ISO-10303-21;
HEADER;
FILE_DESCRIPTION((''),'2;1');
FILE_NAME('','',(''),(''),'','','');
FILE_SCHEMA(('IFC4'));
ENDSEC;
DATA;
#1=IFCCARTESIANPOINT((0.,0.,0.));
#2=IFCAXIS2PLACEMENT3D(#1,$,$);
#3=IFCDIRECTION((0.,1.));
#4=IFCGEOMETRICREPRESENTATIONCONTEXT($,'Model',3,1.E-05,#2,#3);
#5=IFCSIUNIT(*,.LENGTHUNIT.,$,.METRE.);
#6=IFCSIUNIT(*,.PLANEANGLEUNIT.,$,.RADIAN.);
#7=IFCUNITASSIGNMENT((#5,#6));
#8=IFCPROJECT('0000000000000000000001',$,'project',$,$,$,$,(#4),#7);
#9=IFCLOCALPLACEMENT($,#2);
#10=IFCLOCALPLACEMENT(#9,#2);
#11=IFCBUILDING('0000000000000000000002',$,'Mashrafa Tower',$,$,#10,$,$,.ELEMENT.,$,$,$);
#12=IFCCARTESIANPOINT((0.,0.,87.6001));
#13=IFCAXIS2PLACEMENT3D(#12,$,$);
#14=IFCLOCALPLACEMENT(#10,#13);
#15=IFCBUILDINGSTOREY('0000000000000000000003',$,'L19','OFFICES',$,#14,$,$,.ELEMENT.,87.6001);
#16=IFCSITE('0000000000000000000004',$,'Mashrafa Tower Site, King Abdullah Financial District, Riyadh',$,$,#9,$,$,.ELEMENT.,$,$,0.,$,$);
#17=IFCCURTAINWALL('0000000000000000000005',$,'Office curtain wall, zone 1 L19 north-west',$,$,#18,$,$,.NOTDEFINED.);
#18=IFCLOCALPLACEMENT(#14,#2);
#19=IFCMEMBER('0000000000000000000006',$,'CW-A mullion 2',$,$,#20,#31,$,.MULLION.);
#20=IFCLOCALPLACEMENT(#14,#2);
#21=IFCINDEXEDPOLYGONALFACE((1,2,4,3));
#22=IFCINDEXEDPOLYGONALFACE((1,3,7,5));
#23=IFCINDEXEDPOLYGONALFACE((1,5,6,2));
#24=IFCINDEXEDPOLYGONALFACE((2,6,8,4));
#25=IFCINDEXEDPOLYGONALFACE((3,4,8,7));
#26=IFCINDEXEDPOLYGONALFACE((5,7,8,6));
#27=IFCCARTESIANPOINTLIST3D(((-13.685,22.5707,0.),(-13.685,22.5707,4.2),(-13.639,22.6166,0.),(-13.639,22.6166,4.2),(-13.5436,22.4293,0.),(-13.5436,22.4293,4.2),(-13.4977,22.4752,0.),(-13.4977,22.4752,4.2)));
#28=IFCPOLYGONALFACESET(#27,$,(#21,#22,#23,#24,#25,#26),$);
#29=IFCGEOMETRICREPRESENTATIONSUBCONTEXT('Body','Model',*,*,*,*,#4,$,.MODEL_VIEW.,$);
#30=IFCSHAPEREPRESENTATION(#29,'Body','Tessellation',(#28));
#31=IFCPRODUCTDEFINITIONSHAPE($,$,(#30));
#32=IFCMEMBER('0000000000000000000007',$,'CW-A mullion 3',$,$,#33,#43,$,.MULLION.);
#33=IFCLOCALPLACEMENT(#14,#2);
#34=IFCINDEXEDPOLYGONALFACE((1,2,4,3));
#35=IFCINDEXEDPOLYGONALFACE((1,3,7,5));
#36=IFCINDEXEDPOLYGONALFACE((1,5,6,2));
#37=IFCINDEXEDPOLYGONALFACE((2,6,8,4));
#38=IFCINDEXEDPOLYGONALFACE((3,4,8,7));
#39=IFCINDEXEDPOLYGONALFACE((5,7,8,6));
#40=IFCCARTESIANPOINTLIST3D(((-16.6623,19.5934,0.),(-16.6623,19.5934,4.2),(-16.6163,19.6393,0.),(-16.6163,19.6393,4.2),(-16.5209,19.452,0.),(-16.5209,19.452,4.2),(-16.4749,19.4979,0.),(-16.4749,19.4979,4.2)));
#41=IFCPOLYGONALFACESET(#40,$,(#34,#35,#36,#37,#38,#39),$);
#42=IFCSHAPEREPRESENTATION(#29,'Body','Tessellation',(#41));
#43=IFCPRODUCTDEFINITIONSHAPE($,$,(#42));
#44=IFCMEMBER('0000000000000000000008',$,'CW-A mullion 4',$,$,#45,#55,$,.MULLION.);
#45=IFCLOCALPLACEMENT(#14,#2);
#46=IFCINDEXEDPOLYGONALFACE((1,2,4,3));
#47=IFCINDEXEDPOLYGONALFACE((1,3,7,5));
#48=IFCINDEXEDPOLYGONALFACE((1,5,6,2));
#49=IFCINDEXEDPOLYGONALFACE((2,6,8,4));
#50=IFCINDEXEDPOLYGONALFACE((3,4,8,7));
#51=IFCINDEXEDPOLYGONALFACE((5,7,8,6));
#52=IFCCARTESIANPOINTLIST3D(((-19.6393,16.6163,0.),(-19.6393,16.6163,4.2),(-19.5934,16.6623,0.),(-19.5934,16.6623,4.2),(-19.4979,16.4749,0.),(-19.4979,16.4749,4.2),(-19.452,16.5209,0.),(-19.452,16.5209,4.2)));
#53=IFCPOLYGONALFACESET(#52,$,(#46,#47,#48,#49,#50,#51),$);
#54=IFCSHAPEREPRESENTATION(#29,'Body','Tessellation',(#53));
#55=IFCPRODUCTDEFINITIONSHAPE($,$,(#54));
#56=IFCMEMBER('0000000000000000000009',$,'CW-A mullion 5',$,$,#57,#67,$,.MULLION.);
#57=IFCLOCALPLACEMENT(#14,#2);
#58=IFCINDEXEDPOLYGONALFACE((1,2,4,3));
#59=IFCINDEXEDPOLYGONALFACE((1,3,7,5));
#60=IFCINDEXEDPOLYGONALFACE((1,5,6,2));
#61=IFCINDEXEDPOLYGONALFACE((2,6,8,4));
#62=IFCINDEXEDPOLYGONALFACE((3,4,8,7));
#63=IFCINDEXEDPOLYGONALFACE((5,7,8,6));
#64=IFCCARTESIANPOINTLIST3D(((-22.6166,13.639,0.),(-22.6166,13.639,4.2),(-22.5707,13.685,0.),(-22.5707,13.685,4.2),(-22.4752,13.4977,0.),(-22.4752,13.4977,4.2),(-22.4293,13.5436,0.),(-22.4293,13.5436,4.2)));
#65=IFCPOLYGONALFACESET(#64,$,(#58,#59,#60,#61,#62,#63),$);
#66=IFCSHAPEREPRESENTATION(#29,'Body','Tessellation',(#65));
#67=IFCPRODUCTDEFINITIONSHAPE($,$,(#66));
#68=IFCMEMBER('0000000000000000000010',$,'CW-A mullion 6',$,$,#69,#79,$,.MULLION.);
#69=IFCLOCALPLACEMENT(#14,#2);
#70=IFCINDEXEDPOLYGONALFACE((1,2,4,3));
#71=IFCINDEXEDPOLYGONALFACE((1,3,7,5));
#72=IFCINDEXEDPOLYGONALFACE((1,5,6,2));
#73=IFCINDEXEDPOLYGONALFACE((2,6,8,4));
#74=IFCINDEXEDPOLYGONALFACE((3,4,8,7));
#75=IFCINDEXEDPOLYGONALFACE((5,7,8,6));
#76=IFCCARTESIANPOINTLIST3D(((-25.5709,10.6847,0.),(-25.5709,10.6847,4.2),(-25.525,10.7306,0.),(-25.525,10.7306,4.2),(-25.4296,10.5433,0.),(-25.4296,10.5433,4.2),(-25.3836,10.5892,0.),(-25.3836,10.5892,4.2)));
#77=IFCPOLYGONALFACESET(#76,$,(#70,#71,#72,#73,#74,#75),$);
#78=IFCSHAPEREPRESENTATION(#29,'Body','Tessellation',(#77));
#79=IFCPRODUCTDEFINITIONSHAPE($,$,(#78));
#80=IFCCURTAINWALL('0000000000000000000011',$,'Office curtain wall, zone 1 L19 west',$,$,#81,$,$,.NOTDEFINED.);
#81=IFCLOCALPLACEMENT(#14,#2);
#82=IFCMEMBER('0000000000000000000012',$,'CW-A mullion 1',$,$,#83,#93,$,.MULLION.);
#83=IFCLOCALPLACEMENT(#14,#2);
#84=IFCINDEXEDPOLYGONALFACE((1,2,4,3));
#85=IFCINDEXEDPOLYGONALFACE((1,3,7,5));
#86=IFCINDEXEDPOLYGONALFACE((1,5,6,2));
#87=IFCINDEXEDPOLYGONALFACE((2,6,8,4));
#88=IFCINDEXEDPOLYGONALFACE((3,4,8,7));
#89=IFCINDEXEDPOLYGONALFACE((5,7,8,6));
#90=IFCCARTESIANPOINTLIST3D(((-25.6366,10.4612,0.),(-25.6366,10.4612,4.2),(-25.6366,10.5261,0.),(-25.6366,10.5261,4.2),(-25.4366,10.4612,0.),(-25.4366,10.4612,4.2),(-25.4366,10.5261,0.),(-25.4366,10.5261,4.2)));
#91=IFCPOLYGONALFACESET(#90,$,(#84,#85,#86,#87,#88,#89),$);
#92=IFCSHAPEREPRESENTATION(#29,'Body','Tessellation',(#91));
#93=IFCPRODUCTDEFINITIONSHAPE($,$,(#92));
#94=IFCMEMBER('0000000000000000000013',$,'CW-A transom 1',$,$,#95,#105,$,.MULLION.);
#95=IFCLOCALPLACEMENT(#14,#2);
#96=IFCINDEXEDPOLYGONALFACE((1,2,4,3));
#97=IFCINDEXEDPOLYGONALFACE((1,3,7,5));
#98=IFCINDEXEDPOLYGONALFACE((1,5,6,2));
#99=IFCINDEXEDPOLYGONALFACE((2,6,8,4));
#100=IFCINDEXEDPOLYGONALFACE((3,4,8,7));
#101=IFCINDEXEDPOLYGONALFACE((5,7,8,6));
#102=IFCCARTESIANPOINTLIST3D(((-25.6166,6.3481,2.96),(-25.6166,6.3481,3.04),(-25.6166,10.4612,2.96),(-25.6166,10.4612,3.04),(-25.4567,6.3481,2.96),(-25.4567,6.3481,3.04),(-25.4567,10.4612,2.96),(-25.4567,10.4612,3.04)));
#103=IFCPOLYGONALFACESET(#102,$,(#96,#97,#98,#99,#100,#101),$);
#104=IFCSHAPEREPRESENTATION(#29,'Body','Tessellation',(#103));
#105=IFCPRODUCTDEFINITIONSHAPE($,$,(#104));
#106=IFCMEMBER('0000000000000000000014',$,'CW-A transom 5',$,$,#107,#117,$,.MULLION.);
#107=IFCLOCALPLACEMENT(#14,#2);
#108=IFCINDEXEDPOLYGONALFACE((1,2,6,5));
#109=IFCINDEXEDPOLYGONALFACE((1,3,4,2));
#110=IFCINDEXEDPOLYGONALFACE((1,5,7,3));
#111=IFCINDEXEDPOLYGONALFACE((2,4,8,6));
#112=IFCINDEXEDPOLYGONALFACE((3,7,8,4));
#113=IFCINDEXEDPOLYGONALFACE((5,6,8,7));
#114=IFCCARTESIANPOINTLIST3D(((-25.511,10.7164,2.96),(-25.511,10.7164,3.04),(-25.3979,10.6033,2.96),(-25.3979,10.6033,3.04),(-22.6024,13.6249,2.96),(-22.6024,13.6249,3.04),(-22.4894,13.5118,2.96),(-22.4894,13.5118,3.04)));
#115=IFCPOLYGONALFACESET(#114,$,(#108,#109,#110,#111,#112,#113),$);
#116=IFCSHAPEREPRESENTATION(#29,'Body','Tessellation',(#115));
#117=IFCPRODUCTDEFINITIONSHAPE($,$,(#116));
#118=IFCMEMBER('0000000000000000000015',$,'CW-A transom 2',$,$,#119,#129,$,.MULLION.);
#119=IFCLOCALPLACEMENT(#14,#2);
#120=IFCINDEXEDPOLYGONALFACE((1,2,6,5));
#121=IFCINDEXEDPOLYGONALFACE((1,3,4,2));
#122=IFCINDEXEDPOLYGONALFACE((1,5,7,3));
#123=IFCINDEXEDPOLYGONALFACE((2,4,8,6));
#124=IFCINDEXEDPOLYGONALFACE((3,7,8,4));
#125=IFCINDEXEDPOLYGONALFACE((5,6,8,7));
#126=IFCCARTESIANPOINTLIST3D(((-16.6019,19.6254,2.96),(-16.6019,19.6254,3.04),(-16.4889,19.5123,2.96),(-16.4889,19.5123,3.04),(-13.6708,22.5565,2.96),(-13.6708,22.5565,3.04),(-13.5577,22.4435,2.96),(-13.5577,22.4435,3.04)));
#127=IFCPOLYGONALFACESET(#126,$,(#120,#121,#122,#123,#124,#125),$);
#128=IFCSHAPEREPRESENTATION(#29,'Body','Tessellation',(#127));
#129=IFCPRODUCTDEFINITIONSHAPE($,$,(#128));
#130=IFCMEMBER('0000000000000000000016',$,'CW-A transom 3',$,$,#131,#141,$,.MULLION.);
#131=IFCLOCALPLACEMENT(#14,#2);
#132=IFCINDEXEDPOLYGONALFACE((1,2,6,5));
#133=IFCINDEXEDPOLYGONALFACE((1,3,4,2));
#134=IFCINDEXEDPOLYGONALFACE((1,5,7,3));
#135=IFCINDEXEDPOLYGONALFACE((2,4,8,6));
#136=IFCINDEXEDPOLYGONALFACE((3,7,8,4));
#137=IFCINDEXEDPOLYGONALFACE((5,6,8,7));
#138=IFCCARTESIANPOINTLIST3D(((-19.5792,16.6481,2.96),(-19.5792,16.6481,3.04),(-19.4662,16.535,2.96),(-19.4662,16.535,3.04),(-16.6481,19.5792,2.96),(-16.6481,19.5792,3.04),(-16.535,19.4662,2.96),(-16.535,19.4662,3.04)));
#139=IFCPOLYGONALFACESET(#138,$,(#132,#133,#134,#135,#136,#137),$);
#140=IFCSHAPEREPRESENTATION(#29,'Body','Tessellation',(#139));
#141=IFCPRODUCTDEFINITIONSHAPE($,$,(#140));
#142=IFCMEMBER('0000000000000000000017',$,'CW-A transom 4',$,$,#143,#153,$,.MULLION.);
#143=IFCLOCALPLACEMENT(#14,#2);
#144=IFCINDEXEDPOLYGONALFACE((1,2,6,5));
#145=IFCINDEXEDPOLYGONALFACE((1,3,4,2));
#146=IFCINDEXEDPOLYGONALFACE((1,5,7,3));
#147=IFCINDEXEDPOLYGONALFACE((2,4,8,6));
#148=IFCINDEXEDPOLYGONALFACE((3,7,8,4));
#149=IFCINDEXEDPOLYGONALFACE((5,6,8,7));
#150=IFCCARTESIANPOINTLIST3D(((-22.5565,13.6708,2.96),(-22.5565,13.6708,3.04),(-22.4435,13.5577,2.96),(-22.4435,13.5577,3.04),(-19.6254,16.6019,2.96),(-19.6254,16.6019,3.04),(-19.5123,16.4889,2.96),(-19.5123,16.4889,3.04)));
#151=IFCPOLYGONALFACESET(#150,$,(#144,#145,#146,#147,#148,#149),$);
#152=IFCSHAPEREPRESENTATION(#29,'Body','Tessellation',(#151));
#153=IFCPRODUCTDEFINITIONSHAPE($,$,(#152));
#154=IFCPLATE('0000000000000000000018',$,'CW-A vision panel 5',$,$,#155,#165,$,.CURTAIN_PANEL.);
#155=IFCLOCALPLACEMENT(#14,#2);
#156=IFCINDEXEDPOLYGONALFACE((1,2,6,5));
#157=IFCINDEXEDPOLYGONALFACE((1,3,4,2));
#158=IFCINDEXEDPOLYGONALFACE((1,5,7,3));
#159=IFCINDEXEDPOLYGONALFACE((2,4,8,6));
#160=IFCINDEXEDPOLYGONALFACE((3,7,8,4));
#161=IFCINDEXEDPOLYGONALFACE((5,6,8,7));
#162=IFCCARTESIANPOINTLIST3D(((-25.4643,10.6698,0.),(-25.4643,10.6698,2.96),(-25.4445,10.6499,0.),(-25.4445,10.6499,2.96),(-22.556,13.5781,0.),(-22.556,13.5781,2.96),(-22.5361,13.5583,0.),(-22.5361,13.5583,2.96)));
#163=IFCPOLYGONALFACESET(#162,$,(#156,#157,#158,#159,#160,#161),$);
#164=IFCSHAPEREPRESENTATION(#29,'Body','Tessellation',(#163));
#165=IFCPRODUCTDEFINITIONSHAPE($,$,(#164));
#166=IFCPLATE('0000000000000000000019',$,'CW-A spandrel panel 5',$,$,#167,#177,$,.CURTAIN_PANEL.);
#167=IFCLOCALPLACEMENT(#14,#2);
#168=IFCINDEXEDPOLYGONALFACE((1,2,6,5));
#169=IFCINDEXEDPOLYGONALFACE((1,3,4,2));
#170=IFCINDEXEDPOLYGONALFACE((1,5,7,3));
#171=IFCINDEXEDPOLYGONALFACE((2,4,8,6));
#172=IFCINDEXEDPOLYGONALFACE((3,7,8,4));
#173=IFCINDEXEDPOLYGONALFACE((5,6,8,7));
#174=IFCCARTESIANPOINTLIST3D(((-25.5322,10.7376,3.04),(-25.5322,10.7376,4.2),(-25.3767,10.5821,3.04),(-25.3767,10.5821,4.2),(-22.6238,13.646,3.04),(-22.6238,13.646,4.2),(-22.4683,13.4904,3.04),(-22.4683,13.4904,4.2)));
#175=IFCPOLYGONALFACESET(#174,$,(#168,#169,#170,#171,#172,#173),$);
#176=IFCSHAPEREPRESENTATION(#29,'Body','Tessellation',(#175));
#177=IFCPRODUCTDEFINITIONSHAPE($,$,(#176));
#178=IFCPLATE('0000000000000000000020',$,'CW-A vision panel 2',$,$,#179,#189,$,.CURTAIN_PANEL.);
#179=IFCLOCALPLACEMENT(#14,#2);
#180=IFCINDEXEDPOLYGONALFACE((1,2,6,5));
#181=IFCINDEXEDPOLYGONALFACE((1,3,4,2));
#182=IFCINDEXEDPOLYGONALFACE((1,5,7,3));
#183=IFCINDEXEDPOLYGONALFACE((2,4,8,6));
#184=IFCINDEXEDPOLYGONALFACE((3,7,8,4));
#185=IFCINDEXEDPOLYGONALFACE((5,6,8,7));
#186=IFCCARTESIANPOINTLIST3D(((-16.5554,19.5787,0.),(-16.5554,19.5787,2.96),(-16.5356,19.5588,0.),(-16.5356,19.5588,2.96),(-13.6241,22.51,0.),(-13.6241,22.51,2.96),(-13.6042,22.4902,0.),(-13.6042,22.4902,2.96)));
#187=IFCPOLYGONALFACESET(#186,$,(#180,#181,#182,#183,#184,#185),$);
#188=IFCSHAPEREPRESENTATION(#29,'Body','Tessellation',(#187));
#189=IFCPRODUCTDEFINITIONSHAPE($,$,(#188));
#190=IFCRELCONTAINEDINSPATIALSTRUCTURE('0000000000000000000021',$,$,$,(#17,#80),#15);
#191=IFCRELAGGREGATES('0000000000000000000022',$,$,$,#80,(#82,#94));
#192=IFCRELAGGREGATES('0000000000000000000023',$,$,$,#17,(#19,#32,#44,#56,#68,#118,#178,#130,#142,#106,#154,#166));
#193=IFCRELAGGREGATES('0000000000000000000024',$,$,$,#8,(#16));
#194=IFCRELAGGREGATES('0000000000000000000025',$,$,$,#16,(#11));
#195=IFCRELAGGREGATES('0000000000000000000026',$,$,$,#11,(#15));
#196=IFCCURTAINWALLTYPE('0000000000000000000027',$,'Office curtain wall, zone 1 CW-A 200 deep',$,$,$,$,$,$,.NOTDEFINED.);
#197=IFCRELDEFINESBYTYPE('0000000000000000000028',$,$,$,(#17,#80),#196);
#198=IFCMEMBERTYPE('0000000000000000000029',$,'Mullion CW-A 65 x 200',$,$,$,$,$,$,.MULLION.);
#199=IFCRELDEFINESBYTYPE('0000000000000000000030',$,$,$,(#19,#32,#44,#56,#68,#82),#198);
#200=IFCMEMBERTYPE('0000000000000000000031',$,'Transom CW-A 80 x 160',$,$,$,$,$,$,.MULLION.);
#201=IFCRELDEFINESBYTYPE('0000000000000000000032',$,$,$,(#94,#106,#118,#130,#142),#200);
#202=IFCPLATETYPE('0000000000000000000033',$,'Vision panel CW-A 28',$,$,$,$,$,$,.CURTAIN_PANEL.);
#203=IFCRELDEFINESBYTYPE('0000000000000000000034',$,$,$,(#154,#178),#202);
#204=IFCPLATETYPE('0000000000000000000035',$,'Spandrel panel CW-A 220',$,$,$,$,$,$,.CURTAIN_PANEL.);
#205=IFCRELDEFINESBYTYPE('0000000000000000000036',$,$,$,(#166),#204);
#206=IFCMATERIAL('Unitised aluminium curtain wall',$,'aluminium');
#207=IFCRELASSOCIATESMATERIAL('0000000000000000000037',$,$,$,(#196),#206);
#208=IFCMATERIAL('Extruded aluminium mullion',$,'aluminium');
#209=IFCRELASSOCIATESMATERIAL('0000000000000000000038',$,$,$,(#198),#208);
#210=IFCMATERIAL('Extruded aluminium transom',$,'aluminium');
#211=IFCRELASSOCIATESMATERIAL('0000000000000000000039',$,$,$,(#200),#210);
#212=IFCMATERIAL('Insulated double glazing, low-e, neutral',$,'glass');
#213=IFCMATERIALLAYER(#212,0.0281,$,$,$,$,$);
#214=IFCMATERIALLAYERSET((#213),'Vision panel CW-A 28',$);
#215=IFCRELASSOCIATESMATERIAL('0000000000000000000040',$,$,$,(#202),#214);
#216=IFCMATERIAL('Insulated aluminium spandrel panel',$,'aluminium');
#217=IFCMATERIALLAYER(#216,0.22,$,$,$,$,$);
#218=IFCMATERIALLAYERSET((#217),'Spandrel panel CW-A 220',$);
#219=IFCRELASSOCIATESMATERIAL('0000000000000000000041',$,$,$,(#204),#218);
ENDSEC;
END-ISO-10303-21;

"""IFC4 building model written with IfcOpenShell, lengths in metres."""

from ifc_helpers import new_model, si_unit, direction, frame, origin, origin_2d, place, context, subcontext, project, spatial, rectangle, extrude, source, transform, mapped, material, layer, layer_set, material_profile, profile_set, type_object, type_shapes, element, aggregate, save


model = new_model("IFC4")

# Units and contexts
model_context = context("Model", 3, precision=1e-05, world=origin(), true_north=direction((0.0, 1.0)))
body_context = subcontext(model_context, "Body", "Model", "MODEL_VIEW")
ifc_project = project(units=[si_unit("LENGTHUNIT", "METRE"), si_unit("PLANEANGLEUNIT", "RADIAN")], contexts=[model_context])

# Site, building, storey
site_placement = place(None, origin())
site = spatial("IfcSite", under=ifc_project, at=site_placement, Name="Mashrafa Tower Site, King Abdullah Financial District, Riyadh", CompositionType="ELEMENT", RefElevation=0.0)
building_placement = place(site_placement, origin())
building = spatial("IfcBuilding", under=site, at=building_placement, Name="Mashrafa Tower", CompositionType="ELEMENT")
storey_placement = place(building_placement, frame((0.0, 0.0, 87.6001)))
storey = spatial("IfcBuildingStorey", under=building, at=storey_placement, Name="L19", Description="OFFICES", CompositionType="ELEMENT", Elevation=87.6001)

# Curtain walls, members
ifc_material_1 = material(Name="Unitised aluminium curtain wall", Category="aluminium")
curtain_wall_type = type_object("IfcCurtainWallType", Name="Office curtain wall, zone 1 CW-A 200 deep", PredefinedType="NOTDEFINED", material=ifc_material_1)
curtain_wall_1_placement = place(storey_placement, origin())
curtain_wall_1 = element("IfcCurtainWall", 1, at=curtain_wall_1_placement, inside=storey, type_object=curtain_wall_type, Name="Office curtain wall, zone 1 L19 north-west", PredefinedType="NOTDEFINED")
ifc_material_2 = material(Name="Extruded aluminium mullion", Category="aluminium")
ifc_material_profile_1 = material_profile(ifc_material_2, rectangle(XDim=0.2, YDim=0.0649, at=origin_2d()), Name="Mullion 65x200")
ifc_profile_set_1 = profile_set([ifc_material_profile_1], Name="Extruded aluminium mullion")
member_type_1 = type_object("IfcMemberType", Name="Mullion CW-A 65 x 200", PredefinedType="MULLION", material=ifc_profile_set_1)
shared_shape_1 = source(origin(), body_context, "Body", "SweptSolid", [
    extrude(rectangle(XDim=0.2, YDim=0.0649, at=origin_2d()), origin(), (0.0, 0.0, 1.0), 4.2),
])
type_shapes(member_type_1, [shared_shape_1])
member_1_placement = place(storey_placement, frame((-13.5913, 22.5229, 0.0), z_axis=(0.0, 0.0, 1.0), x_axis=(0.707107, -0.707107, 0.0)))
member_1 = element("IfcMember", 2, at=member_1_placement, type_object=member_type_1, Name="CW-A mullion 2", PredefinedType="MULLION", context=body_context, shape_type="MappedRepresentation", body=[
    mapped(shared_shape_1, transform((0.0, 0.0, 0.0))),
])
member_2_placement = place(storey_placement, frame((-16.5686, 19.5457, 0.0), z_axis=(0.0, 0.0, 1.0), x_axis=(0.707107, -0.707107, 0.0)))
member_2 = element("IfcMember", 3, at=member_2_placement, type_object=member_type_1, Name="CW-A mullion 3", PredefinedType="MULLION", context=body_context, shape_type="MappedRepresentation", body=[
    mapped(shared_shape_1, transform((0.0, 0.0, 0.0))),
])
member_3_placement = place(storey_placement, frame((-19.5457, 16.5686, 0.0), z_axis=(0.0, 0.0, 1.0), x_axis=(0.707107, -0.707107, 0.0)))
member_3 = element("IfcMember", 4, at=member_3_placement, type_object=member_type_1, Name="CW-A mullion 4", PredefinedType="MULLION", context=body_context, shape_type="MappedRepresentation", body=[
    mapped(shared_shape_1, transform((0.0, 0.0, 0.0))),
])
member_4_placement = place(storey_placement, frame((-22.5229, 13.5913, 0.0), z_axis=(0.0, 0.0, 1.0), x_axis=(0.707107, -0.707107, 0.0)))
member_4 = element("IfcMember", 5, at=member_4_placement, type_object=member_type_1, Name="CW-A mullion 5", PredefinedType="MULLION", context=body_context, shape_type="MappedRepresentation", body=[
    mapped(shared_shape_1, transform((0.0, 0.0, 0.0))),
])
member_5_placement = place(storey_placement, frame((-25.4773, 10.637, 0.0), z_axis=(0.0, 0.0, 1.0), x_axis=(0.707107, -0.707107, 0.0)))
member_5 = element("IfcMember", 6, at=member_5_placement, type_object=member_type_1, Name="CW-A mullion 6", PredefinedType="MULLION", context=body_context, shape_type="MappedRepresentation", body=[
    mapped(shared_shape_1, transform((0.0, 0.0, 0.0))),
])
curtain_wall_2_placement = place(storey_placement, origin())
curtain_wall_2 = element("IfcCurtainWall", 7, at=curtain_wall_2_placement, inside=storey, type_object=curtain_wall_type, Name="Office curtain wall, zone 1 L19 west", PredefinedType="NOTDEFINED")
member_6_placement = place(storey_placement, frame((-25.5366, 10.4937, 0.0), z_axis=(0.0, 0.0, 1.0), x_axis=(1.0, 0.0, 0.0)))
member_6 = element("IfcMember", 8, at=member_6_placement, type_object=member_type_1, Name="CW-A mullion 1", PredefinedType="MULLION", context=body_context, shape_type="MappedRepresentation", body=[
    mapped(shared_shape_1, transform((0.0, 0.0, 0.0))),
])
ifc_material_3 = material(Name="Extruded aluminium transom", Category="aluminium")
ifc_material_profile_2 = material_profile(ifc_material_3, rectangle(XDim=0.1599, YDim=0.0801, at=origin_2d()), Name="Transom 80x160")
ifc_profile_set_2 = profile_set([ifc_material_profile_2], Name="Extruded aluminium transom")
member_type_2 = type_object("IfcMemberType", Name="Transom CW-A 80 x 160", PredefinedType="MULLION", material=ifc_profile_set_2)
shared_shape_2 = source(origin(), body_context, "Body", "SweptSolid", [
    extrude(rectangle(XDim=0.1599, YDim=0.0801, at=origin_2d()), origin(), (0.0, 0.0, 1.0), 4.113),
])
member_7_placement = place(storey_placement, frame((-25.5366, 10.4612, 3.0), z_axis=(0.0, -1.0, 0.0), x_axis=(1.0, 0.0, 0.0)))
member_7 = element("IfcMember", 9, at=member_7_placement, type_object=member_type_2, Name="CW-A transom 1", PredefinedType="MULLION", context=body_context, shape_type="MappedRepresentation", body=[
    mapped(shared_shape_2, transform((0.0, 0.0, 0.0))),
])
aggregate(curtain_wall_2, [member_6, member_7])

# Members
shared_shape_3 = source(origin(), body_context, "Body", "SweptSolid", [
    extrude(rectangle(XDim=0.1599, YDim=0.0801, at=origin_2d()), origin(), (0.0, 0.0, 1.0), 4.1133),
])
member_8_placement = place(storey_placement, frame((-22.5459, 13.5684, 3.0), z_axis=(-0.707107, -0.707107, 0.0), x_axis=(0.707107, -0.707107, 0.0)))
member_8 = element("IfcMember", 10, at=member_8_placement, type_object=member_type_2, Name="CW-A transom 5", PredefinedType="MULLION", context=body_context, shape_type="MappedRepresentation", body=[
    mapped(shared_shape_3, transform((0.0, 0.0, 0.0))),
])
shared_shape_4 = source(origin(), body_context, "Body", "SweptSolid", [
    extrude(rectangle(XDim=0.1599, YDim=0.0801, at=origin_2d()), origin(), (0.0, 0.0, 1.0), 4.1453),
])
type_shapes(member_type_2, [shared_shape_2, shared_shape_3, shared_shape_4])
member_9_placement = place(storey_placement, frame((-13.6143, 22.5, 3.0), z_axis=(-0.707107, -0.707107, 0.0), x_axis=(0.707107, -0.707107, 0.0)))
member_9 = element("IfcMember", 11, at=member_9_placement, type_object=member_type_2, Name="CW-A transom 2", PredefinedType="MULLION", context=body_context, shape_type="MappedRepresentation", body=[
    mapped(shared_shape_4, transform((0.0, 0.0, 0.0))),
])
member_10_placement = place(storey_placement, frame((-16.5916, 19.5227, 3.0), z_axis=(-0.707107, -0.707107, 0.0), x_axis=(0.707107, -0.707107, 0.0)))
member_10 = element("IfcMember", 12, at=member_10_placement, type_object=member_type_2, Name="CW-A transom 3", PredefinedType="MULLION", context=body_context, shape_type="MappedRepresentation", body=[
    mapped(shared_shape_4, transform((0.0, 0.0, 0.0))),
])
member_11_placement = place(storey_placement, frame((-19.5688, 16.5454, 3.0), z_axis=(-0.707107, -0.707107, 0.0), x_axis=(0.707107, -0.707107, 0.0)))
member_11 = element("IfcMember", 13, at=member_11_placement, type_object=member_type_2, Name="CW-A transom 4", PredefinedType="MULLION", context=body_context, shape_type="MappedRepresentation", body=[
    mapped(shared_shape_4, transform((0.0, 0.0, 0.0))),
])

# Plates
ifc_material_4 = material(Name="Insulated double glazing, low-e, neutral", Category="glass")
ifc_layer_1 = layer(ifc_material_4, 0.0281)
ifc_layer_set_1 = layer_set([ifc_layer_1], Name="Vision panel CW-A 28")
plate_type_1 = type_object("IfcPlateType", Name="Vision panel CW-A 28", PredefinedType="CURTAIN_PANEL", material=ifc_layer_set_1)
shared_shape_5 = source(origin(), body_context, "Body", "SweptSolid", [
    extrude(rectangle(XDim=4.113, YDim=0.0281, at=origin_2d()), origin(), (0.0, 0.0, 1.0), 2.96),
])
plate_1_placement = place(storey_placement, frame((-24.0002, 12.114, 0.0), z_axis=(0.0, 0.0, 1.0), x_axis=(-0.707107, -0.707107, 0.0)))
plate_1 = element("IfcPlate", 14, at=plate_1_placement, type_object=plate_type_1, Name="CW-A vision panel 5", PredefinedType="CURTAIN_PANEL", context=body_context, shape_type="MappedRepresentation", body=[
    mapped(shared_shape_5, transform((0.0, 0.0, 0.0))),
])
ifc_material_5 = material(Name="Insulated aluminium spandrel panel", Category="aluminium")
ifc_layer_2 = layer(ifc_material_5, 0.22)
ifc_layer_set_2 = layer_set([ifc_layer_2], Name="Spandrel panel CW-A 220")
plate_type_2 = type_object("IfcPlateType", Name="Spandrel panel CW-A 220", PredefinedType="CURTAIN_PANEL", material=ifc_layer_set_2)
shared_shape_6 = source(origin(), body_context, "Body", "SweptSolid", [
    extrude(rectangle(XDim=4.113, YDim=0.22, at=origin_2d()), origin(), (0.0, 0.0, 1.0), 1.1599),
])
plate_2_placement = place(storey_placement, frame((-24.0002, 12.114, 3.04), z_axis=(0.0, 0.0, 1.0), x_axis=(-0.707107, -0.707107, 0.0)))
plate_2 = element("IfcPlate", 15, at=plate_2_placement, type_object=plate_type_2, Name="CW-A spandrel panel 5", PredefinedType="CURTAIN_PANEL", context=body_context, shape_type="MappedRepresentation", body=[
    mapped(shared_shape_6, transform((0.0, 0.0, 0.0))),
])
shared_shape_7 = source(origin(), body_context, "Body", "SweptSolid", [
    extrude(rectangle(XDim=4.1455, YDim=0.0281, at=origin_2d()), origin(), (0.0, 0.0, 1.0), 2.96),
])
type_shapes(plate_type_1, [shared_shape_5, shared_shape_7])
plate_3_placement = place(storey_placement, frame((-15.0798, 21.0344, 0.0), z_axis=(0.0, 0.0, 1.0), x_axis=(-0.707107, -0.707107, 0.0)))
plate_3 = element("IfcPlate", 16, at=plate_3_placement, type_object=plate_type_1, Name="CW-A vision panel 2", PredefinedType="CURTAIN_PANEL", context=body_context, shape_type="MappedRepresentation", body=[
    mapped(shared_shape_7, transform((0.0, 0.0, 0.0))),
])
aggregate(curtain_wall_1, [member_1, member_2, member_3, member_4, member_5, member_9, plate_3, member_10, member_11, member_8, plate_1, plate_2])

save(model, "model.ifc")
